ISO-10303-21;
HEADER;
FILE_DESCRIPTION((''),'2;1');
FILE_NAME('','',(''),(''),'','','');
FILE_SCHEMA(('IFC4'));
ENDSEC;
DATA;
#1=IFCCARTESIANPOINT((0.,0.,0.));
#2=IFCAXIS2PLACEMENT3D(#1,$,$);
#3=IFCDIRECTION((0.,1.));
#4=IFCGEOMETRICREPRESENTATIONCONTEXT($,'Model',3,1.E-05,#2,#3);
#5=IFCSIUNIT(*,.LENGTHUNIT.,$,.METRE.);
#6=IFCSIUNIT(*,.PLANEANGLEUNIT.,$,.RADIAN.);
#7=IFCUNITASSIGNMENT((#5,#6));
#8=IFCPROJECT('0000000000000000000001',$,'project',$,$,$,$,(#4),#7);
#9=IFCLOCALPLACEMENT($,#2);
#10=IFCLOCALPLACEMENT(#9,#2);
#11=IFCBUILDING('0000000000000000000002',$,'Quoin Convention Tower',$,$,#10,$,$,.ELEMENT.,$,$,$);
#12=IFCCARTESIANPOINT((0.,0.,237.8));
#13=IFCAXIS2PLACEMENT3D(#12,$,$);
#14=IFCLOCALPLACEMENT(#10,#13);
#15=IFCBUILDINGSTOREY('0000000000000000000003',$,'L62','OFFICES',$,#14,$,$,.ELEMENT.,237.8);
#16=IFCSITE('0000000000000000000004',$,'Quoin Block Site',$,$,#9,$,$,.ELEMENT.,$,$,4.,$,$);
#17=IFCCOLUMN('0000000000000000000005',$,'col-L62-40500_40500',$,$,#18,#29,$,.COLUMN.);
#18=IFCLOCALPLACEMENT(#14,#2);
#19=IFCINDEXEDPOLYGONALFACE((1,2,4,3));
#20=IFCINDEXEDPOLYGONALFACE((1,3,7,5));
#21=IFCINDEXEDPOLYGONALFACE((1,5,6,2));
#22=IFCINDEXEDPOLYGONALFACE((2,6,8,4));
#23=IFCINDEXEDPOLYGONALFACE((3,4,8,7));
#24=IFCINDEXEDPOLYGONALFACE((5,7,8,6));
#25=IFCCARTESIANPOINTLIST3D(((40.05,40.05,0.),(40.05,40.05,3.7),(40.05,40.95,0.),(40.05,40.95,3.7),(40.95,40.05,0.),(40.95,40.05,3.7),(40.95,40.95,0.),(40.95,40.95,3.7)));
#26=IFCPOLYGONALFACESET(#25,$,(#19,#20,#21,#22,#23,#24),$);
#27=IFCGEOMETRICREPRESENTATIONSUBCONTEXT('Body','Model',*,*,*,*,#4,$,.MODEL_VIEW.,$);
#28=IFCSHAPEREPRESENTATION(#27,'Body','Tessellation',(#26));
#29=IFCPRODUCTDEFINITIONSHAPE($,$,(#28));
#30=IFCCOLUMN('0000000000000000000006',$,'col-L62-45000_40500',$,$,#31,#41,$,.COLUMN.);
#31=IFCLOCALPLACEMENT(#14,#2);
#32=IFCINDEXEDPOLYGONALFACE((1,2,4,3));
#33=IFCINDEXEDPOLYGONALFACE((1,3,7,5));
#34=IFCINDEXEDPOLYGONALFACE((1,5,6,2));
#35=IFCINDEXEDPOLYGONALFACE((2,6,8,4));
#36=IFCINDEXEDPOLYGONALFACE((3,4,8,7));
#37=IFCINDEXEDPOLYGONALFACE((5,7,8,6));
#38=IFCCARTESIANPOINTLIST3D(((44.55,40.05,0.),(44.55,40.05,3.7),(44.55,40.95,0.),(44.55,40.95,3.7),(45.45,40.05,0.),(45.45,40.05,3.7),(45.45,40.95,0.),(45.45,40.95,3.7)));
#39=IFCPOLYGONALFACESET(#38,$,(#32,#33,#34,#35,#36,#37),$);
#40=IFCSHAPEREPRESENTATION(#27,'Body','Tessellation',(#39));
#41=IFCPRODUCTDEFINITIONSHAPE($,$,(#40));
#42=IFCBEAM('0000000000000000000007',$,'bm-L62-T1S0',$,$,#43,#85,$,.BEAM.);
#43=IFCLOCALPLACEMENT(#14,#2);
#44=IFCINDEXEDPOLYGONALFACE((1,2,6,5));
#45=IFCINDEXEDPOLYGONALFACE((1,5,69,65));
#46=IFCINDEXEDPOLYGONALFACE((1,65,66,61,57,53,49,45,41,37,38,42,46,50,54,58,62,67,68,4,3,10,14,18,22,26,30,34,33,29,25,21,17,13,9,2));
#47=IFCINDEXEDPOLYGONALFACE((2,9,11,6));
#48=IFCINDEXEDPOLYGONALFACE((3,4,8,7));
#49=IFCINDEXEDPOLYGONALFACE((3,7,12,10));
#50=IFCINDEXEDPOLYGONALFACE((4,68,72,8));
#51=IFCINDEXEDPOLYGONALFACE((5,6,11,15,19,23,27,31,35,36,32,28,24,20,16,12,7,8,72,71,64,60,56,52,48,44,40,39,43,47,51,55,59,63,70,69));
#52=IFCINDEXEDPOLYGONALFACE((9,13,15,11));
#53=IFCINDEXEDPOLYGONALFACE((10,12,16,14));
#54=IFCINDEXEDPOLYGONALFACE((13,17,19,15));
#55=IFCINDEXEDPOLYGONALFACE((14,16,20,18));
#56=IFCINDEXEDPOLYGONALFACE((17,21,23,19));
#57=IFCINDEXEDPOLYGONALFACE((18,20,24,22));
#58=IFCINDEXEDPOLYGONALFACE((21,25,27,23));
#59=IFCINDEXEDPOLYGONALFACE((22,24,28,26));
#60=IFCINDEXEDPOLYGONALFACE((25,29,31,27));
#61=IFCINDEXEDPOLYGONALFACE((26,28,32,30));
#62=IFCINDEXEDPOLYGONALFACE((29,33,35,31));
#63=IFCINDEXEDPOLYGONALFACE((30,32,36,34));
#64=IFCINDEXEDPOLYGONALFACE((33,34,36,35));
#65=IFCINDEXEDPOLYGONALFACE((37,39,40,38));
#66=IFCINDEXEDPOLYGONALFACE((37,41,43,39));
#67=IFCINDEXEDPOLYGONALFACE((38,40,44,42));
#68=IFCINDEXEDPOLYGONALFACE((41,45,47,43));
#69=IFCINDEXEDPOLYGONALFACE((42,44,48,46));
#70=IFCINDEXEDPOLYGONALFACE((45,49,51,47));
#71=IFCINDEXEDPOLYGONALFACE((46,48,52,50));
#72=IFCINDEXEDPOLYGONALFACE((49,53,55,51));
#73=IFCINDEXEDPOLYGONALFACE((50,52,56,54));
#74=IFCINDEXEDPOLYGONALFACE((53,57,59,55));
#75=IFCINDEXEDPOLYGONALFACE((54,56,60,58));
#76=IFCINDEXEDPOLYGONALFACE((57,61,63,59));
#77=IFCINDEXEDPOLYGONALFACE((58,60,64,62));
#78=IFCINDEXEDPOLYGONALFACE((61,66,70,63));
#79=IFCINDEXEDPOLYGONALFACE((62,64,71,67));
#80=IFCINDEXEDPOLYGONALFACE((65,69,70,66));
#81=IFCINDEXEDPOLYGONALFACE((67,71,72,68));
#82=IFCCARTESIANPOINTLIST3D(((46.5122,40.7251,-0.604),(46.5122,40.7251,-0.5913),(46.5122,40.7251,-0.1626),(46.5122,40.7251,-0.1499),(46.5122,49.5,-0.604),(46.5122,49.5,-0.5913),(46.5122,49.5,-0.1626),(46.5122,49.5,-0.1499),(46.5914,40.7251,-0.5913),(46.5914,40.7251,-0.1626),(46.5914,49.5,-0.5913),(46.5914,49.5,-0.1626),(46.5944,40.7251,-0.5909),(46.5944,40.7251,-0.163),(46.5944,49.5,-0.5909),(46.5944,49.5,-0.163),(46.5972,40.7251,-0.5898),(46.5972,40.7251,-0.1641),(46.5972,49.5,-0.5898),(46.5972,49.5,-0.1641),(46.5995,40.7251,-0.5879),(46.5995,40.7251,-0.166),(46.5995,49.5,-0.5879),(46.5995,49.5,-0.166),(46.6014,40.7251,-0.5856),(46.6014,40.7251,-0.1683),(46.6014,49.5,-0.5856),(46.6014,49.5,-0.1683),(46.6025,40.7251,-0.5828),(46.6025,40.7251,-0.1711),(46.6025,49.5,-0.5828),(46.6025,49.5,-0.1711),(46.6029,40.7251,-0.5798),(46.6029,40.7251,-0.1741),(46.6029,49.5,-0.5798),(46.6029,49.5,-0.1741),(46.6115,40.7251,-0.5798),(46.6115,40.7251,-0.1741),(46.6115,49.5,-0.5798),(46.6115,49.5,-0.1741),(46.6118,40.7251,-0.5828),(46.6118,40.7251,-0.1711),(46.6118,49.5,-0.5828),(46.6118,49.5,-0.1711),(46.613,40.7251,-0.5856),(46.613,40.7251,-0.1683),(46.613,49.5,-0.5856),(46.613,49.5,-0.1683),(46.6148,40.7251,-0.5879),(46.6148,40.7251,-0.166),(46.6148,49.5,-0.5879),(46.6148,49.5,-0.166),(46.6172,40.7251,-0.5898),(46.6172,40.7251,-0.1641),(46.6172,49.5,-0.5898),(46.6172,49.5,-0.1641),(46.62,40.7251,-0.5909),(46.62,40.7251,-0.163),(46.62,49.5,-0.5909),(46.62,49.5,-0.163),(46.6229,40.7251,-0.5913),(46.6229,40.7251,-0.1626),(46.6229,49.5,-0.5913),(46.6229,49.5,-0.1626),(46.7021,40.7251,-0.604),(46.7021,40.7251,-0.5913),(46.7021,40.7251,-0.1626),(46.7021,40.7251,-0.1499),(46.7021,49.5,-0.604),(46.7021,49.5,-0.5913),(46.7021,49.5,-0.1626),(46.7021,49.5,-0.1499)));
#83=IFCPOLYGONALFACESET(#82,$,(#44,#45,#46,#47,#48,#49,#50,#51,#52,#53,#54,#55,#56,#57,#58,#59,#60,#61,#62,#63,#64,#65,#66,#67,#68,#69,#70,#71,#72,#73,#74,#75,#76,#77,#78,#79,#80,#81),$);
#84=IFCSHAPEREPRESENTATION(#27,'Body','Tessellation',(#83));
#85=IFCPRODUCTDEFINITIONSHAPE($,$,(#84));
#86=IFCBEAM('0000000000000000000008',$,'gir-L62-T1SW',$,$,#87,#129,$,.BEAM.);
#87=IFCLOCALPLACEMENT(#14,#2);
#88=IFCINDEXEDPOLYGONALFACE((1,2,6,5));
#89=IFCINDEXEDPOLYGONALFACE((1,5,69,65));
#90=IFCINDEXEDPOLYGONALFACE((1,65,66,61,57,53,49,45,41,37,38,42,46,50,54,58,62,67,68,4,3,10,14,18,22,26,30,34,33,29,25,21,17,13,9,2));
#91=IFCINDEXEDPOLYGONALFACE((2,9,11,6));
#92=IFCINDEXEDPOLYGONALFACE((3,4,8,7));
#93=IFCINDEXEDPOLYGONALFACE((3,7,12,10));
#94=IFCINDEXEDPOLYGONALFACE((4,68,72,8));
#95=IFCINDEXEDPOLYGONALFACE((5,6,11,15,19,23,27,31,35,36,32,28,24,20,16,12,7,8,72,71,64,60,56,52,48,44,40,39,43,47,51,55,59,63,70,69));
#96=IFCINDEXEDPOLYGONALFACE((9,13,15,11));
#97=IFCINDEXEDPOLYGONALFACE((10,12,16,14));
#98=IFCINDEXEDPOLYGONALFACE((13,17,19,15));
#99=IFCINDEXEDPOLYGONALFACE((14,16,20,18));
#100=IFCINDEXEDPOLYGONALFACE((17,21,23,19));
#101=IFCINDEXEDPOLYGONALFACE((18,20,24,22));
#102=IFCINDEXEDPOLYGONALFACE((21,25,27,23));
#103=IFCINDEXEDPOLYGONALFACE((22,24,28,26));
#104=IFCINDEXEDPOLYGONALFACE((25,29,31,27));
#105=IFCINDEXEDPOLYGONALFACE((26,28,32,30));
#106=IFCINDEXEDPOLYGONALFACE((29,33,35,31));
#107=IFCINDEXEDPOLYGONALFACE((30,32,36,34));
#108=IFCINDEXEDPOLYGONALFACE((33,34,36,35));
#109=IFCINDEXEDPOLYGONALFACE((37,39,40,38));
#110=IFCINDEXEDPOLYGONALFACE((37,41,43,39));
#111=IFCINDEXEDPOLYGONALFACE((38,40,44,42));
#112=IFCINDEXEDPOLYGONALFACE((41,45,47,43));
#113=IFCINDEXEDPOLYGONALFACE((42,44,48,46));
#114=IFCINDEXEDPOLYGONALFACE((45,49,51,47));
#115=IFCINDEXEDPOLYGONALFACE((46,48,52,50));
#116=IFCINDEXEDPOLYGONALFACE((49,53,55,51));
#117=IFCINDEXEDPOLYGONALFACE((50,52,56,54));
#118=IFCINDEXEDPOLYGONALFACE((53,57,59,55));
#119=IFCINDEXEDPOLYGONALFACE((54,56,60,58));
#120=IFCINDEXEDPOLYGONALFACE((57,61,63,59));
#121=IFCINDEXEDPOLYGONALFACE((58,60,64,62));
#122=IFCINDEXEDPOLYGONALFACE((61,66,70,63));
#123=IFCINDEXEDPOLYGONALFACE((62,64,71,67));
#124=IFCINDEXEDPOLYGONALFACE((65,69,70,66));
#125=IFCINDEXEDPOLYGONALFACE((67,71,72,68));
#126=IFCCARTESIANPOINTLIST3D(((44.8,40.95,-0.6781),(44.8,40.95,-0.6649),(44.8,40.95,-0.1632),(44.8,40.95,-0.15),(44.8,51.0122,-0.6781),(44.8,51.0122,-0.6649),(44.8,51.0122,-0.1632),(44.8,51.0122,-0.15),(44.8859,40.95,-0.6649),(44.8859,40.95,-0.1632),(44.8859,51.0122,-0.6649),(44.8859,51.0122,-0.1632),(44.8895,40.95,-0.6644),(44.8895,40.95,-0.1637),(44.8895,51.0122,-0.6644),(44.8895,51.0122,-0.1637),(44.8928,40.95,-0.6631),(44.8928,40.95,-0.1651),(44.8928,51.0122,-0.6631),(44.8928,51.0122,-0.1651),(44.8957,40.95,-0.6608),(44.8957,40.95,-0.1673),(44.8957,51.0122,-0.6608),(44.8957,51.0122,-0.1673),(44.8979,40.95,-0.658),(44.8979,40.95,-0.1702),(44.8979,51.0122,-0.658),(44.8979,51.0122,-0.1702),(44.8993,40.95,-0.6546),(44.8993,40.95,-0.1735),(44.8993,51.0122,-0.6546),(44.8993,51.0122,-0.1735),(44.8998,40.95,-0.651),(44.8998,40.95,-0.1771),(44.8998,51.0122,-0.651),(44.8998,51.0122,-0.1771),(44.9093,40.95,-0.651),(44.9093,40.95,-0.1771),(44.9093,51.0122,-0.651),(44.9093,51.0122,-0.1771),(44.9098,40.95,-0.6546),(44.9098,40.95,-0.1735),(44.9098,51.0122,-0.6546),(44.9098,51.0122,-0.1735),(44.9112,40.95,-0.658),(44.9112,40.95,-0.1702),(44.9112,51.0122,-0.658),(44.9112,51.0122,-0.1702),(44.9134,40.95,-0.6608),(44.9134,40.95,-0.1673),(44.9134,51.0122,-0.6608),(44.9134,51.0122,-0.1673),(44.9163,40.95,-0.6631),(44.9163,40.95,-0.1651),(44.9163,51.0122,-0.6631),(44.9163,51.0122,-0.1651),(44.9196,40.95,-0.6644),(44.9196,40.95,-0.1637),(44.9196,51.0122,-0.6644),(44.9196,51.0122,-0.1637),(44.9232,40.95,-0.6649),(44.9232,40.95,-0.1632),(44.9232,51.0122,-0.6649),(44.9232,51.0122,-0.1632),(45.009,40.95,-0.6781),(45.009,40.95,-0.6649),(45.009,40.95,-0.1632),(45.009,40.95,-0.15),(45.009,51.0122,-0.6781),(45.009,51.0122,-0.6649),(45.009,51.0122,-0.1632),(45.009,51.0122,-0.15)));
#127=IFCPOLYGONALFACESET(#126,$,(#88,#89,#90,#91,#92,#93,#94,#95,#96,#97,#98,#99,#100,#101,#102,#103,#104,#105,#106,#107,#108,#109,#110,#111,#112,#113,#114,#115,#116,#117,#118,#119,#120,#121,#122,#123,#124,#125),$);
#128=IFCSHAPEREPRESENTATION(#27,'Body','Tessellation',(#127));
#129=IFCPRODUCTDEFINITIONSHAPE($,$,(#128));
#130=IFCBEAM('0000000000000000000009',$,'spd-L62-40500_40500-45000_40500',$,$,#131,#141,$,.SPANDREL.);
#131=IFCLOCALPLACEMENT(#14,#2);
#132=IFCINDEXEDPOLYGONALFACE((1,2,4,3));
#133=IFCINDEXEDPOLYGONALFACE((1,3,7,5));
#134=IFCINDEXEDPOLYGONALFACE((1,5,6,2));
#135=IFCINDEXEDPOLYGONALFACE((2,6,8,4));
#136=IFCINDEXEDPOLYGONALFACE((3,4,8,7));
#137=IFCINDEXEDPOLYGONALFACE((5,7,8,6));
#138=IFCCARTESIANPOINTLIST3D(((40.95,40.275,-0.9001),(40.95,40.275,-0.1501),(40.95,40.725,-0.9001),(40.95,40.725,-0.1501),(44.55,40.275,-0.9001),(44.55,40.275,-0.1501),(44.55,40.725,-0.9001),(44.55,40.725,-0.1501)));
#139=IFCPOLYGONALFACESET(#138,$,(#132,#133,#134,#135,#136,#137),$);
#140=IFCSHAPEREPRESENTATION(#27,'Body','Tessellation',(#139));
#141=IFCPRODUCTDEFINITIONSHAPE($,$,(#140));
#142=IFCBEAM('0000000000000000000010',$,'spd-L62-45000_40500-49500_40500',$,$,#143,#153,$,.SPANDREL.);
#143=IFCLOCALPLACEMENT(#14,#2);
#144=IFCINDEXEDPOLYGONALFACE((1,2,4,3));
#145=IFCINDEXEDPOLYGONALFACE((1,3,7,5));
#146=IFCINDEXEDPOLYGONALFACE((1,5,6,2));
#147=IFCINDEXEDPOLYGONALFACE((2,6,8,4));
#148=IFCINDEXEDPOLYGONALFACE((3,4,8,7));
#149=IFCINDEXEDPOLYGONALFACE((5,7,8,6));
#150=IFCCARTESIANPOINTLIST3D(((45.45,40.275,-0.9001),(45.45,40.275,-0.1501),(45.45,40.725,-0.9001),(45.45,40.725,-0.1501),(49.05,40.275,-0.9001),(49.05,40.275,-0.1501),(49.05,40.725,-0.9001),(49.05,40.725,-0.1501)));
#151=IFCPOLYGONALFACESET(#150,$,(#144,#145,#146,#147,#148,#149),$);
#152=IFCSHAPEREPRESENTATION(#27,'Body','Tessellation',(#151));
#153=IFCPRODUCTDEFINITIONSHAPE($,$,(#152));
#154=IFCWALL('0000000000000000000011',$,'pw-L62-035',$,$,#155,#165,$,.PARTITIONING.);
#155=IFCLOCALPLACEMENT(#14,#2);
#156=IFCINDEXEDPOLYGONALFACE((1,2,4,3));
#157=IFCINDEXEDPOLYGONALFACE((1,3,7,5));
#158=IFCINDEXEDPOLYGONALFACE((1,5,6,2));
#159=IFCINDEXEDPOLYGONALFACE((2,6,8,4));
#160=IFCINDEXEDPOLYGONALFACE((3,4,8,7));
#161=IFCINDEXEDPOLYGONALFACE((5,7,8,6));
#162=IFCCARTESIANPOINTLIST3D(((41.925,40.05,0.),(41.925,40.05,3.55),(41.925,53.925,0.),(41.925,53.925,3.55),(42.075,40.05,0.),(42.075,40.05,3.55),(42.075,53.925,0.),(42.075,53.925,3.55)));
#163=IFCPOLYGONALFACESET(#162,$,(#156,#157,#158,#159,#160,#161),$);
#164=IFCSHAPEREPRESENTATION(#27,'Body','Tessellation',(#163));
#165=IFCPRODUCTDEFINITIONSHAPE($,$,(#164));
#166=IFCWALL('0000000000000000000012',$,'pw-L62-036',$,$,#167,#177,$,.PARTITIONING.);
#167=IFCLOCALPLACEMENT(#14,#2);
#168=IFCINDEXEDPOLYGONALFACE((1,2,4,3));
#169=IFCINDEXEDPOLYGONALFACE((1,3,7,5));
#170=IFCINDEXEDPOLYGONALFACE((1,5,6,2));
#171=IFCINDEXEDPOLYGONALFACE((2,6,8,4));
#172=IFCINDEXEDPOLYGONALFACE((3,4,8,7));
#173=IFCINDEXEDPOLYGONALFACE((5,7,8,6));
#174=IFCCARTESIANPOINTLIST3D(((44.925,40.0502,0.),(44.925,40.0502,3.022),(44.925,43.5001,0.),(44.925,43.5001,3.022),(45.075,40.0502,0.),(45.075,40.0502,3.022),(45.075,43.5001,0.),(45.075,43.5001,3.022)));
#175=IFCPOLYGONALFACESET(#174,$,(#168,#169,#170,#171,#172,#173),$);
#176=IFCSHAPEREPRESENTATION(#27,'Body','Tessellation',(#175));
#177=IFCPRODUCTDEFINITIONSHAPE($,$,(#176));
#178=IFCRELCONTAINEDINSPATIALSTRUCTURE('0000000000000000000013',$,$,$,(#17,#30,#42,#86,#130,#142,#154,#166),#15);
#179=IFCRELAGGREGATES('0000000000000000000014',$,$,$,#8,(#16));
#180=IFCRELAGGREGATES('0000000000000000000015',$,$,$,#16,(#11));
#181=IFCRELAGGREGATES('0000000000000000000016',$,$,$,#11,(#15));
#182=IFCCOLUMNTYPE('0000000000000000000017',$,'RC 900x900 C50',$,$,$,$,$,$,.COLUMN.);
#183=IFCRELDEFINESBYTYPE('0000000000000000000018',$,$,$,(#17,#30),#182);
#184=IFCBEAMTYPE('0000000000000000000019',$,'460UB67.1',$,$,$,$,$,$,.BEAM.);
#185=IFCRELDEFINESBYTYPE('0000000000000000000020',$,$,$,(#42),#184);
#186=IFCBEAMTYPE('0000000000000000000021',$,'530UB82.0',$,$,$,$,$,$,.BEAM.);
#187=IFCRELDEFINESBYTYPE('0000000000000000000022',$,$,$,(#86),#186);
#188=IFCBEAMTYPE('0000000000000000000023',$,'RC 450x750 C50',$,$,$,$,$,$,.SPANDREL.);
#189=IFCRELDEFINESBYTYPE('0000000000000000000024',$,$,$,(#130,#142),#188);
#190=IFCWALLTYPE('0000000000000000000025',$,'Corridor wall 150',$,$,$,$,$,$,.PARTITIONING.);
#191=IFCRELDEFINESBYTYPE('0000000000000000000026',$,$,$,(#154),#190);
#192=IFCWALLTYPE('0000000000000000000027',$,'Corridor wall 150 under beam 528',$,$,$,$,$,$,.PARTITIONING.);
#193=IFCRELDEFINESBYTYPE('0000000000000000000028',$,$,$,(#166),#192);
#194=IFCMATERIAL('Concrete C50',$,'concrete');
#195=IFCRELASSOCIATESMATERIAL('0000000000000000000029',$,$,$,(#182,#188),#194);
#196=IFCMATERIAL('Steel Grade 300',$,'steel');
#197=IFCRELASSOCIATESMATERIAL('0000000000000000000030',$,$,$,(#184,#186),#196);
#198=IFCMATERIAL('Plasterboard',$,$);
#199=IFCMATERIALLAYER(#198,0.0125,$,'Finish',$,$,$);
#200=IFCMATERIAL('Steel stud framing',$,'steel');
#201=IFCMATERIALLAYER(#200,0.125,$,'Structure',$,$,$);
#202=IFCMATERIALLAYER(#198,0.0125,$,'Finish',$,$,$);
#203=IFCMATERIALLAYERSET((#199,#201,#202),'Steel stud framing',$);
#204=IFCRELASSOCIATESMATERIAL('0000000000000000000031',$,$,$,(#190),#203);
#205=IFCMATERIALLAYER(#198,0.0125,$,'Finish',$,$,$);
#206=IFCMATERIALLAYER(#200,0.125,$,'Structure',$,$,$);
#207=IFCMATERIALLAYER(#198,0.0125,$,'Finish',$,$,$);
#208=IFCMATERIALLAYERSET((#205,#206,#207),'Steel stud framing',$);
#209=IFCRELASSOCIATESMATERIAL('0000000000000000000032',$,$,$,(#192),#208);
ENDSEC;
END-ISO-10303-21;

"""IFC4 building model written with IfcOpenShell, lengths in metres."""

from ifc_helpers import new_model, si_unit, direction, frame, frame_2d, origin, origin_2d, place, context, subcontext, project, spatial, rectangle, i_section, extrude, material, layer, layer_set, material_profile, profile_set, type_object, element, save


model = new_model("IFC4")

# Units and contexts
model_context = context("Model", 3, precision=1e-05, world=origin(), true_north=direction((0.0, 1.0)))
body_context = subcontext(model_context, "Body", "Model", "MODEL_VIEW")
ifc_project = project(units=[si_unit("LENGTHUNIT", "METRE"), si_unit("PLANEANGLEUNIT", "RADIAN")], contexts=[model_context])

# Site, building, storey
site_placement = place(None, origin())
site = spatial("IfcSite", under=ifc_project, at=site_placement, Name="Quoin Block Site", CompositionType="ELEMENT", RefElevation=4.0)
building_placement = place(site_placement, origin())
building = spatial("IfcBuilding", under=site, at=building_placement, Name="Quoin Convention Tower", CompositionType="ELEMENT")
storey_placement = place(building_placement, frame((0.0, 0.0, 237.8)))
storey = spatial("IfcBuildingStorey", under=building, at=storey_placement, Name="L62", Description="OFFICES", CompositionType="ELEMENT", Elevation=237.8)

# Columns
ifc_material_1 = material(Name="Concrete C50", Category="concrete")
ifc_material_profile_1 = material_profile(ifc_material_1, rectangle(XDim=0.8999, YDim=0.8999, at=origin_2d()), Name="RC 900x900")
ifc_profile_set_1 = profile_set([ifc_material_profile_1], Name="Concrete C50")
column_type = type_object("IfcColumnType", Name="RC 900x900 C50", PredefinedType="COLUMN", material=ifc_profile_set_1)
for number, where, z_axis, x_axis, name in (
    (1, (40.5, 40.5, 0.0), (0.0, 0.0, 1.0), (1.0, 0.0, 0.0), "col-L62-40500_40500"),
    (2, (45.0, 40.5, 0.0), (0.0, 0.0, 1.0), (1.0, 0.0, 0.0), "col-L62-45000_40500"),
):
    element("IfcColumn", number, at=place(storey_placement, frame(where, z_axis=z_axis, x_axis=x_axis)), inside=storey, type_object=column_type, Name=name, PredefinedType="COLUMN", context=body_context, shape_type="SweptSolid", body=[
        extrude(rectangle(XDim=0.8999, YDim=0.8999, at=origin_2d()), origin(), (0.0, 0.0, 1.0), 3.7),
    ])

# Beams
ifc_material_2 = material(Name="Steel Grade 300", Category="steel")
ifc_material_profile_2 = material_profile(ifc_material_2, i_section(OverallWidth=0.1899, OverallDepth=0.4541, WebThickness=0.0085, FlangeThickness=0.0127, FilletRadius=0.0115, at=origin_2d()), Name="460UB67.1")
ifc_profile_set_2 = profile_set([ifc_material_profile_2], Name="Steel Grade 300")
beam_type_1 = type_object("IfcBeamType", Name="460UB67.1", PredefinedType="BEAM", material=ifc_profile_set_2)
beam_1_placement = place(storey_placement, frame((46.6072, 40.7251, -0.377), z_axis=(0.0, 1.0, 0.0), x_axis=(-1.0, 0.0, 0.0)))
element("IfcBeam", 3, at=beam_1_placement, inside=storey, type_object=beam_type_1, Name="bm-L62-T1S0", PredefinedType="BEAM", context=body_context, shape_type="SweptSolid", body=[
    extrude(i_section(OverallWidth=0.1899, OverallDepth=0.4541, WebThickness=0.0085, FlangeThickness=0.0127, FilletRadius=0.0115, at=origin_2d()), origin(), (0.0, 0.0, 1.0), 8.7749),
])
ifc_material_profile_3 = material_profile(ifc_material_2, i_section(OverallWidth=0.209, OverallDepth=0.5281, WebThickness=0.0095, FlangeThickness=0.0132, FilletRadius=0.0139, at=origin_2d()), Name="530UB82.0")
ifc_profile_set_3 = profile_set([ifc_material_profile_3], Name="Steel Grade 300")
beam_type_2 = type_object("IfcBeamType", Name="530UB82.0", PredefinedType="BEAM", material=ifc_profile_set_3)
beam_2_placement = place(storey_placement, frame((44.9045, 40.95, -0.4141), z_axis=(0.0, 1.0, 0.0), x_axis=(-1.0, 0.0, 0.0)))
element("IfcBeam", 4, at=beam_2_placement, inside=storey, type_object=beam_type_2, Name="gir-L62-T1SW", PredefinedType="BEAM", context=body_context, shape_type="SweptSolid", body=[
    extrude(i_section(OverallWidth=0.209, OverallDepth=0.5281, WebThickness=0.0095, FlangeThickness=0.0132, FilletRadius=0.0139, at=origin_2d()), origin(), (0.0, 0.0, 1.0), 10.0623),
])
ifc_material_profile_4 = material_profile(ifc_material_1, rectangle(XDim=0.45, YDim=0.75, at=origin_2d()), Name="RC 450x750")
ifc_profile_set_4 = profile_set([ifc_material_profile_4], Name="Concrete C50")
beam_type_3 = type_object("IfcBeamType", Name="RC 450x750 C50", PredefinedType="SPANDREL", material=ifc_profile_set_4)
for number, where, z_axis, x_axis, name in (
    (5, (40.95, 40.5, -0.5251), (1.0, 0.0, 0.0), (0.0, 1.0, 0.0), "spd-L62-40500_40500-45000_40500"),
    (6, (45.45, 40.5, -0.5251), (1.0, 0.0, 0.0), (0.0, 1.0, 0.0), "spd-L62-45000_40500-49500_40500"),
):
    element("IfcBeam", number, at=place(storey_placement, frame(where, z_axis=z_axis, x_axis=x_axis)), inside=storey, type_object=beam_type_3, Name=name, PredefinedType="SPANDREL", context=body_context, shape_type="SweptSolid", body=[
        extrude(rectangle(XDim=0.45, YDim=0.75, at=origin_2d()), origin(), (0.0, 0.0, 1.0), 3.6001),
    ])

# Walls
ifc_material_3 = material(Name="Plasterboard")
ifc_layer_1 = layer(ifc_material_3, 0.0125, Name="Finish")
ifc_material_4 = material(Name="Steel stud framing", Category="steel")
ifc_layer_2 = layer(ifc_material_4, 0.125, Name="Structure")
ifc_layer_3 = layer(ifc_material_3, 0.0125, Name="Finish")
ifc_layer_set_1 = layer_set([ifc_layer_1, ifc_layer_2, ifc_layer_3], Name="Steel stud framing")
wall_type_1 = type_object("IfcWallType", Name="Corridor wall 150", PredefinedType="PARTITIONING", material=ifc_layer_set_1)
wall_1_placement = place(storey_placement, frame((42.0, 40.05, 0.0), z_axis=(0.0, 0.0, 1.0), x_axis=(0.0, 1.0, 0.0)))
element("IfcWall", 7, at=wall_1_placement, inside=storey, type_object=wall_type_1, Name="pw-L62-035", PredefinedType="PARTITIONING", context=body_context, shape_type="SweptSolid", body=[
    extrude(rectangle(XDim=13.875, YDim=0.1499, at=frame_2d((6.9375, 0.0))), origin(), (0.0, 0.0, 1.0), 3.55),
])
ifc_layer_4 = layer(ifc_material_3, 0.0125, Name="Finish")
ifc_layer_5 = layer(ifc_material_4, 0.125, Name="Structure")
ifc_layer_6 = layer(ifc_material_3, 0.0125, Name="Finish")
ifc_layer_set_2 = layer_set([ifc_layer_4, ifc_layer_5, ifc_layer_6], Name="Steel stud framing")
wall_type_2 = type_object("IfcWallType", Name="Corridor wall 150 under beam 528", PredefinedType="PARTITIONING", material=ifc_layer_set_2)
wall_2_placement = place(storey_placement, frame((45.0, 40.05, 0.0), z_axis=(0.0, 0.0, 1.0), x_axis=(0.0, 1.0, 0.0)))
element("IfcWall", 8, at=wall_2_placement, inside=storey, type_object=wall_type_2, Name="pw-L62-036", PredefinedType="PARTITIONING", context=body_context, shape_type="SweptSolid", body=[
    extrude(rectangle(XDim=3.45, YDim=0.1499, at=frame_2d((1.7251, 0.0))), origin(), (0.0, 0.0, 1.0), 3.022),
])

save(model, "model.ifc")
